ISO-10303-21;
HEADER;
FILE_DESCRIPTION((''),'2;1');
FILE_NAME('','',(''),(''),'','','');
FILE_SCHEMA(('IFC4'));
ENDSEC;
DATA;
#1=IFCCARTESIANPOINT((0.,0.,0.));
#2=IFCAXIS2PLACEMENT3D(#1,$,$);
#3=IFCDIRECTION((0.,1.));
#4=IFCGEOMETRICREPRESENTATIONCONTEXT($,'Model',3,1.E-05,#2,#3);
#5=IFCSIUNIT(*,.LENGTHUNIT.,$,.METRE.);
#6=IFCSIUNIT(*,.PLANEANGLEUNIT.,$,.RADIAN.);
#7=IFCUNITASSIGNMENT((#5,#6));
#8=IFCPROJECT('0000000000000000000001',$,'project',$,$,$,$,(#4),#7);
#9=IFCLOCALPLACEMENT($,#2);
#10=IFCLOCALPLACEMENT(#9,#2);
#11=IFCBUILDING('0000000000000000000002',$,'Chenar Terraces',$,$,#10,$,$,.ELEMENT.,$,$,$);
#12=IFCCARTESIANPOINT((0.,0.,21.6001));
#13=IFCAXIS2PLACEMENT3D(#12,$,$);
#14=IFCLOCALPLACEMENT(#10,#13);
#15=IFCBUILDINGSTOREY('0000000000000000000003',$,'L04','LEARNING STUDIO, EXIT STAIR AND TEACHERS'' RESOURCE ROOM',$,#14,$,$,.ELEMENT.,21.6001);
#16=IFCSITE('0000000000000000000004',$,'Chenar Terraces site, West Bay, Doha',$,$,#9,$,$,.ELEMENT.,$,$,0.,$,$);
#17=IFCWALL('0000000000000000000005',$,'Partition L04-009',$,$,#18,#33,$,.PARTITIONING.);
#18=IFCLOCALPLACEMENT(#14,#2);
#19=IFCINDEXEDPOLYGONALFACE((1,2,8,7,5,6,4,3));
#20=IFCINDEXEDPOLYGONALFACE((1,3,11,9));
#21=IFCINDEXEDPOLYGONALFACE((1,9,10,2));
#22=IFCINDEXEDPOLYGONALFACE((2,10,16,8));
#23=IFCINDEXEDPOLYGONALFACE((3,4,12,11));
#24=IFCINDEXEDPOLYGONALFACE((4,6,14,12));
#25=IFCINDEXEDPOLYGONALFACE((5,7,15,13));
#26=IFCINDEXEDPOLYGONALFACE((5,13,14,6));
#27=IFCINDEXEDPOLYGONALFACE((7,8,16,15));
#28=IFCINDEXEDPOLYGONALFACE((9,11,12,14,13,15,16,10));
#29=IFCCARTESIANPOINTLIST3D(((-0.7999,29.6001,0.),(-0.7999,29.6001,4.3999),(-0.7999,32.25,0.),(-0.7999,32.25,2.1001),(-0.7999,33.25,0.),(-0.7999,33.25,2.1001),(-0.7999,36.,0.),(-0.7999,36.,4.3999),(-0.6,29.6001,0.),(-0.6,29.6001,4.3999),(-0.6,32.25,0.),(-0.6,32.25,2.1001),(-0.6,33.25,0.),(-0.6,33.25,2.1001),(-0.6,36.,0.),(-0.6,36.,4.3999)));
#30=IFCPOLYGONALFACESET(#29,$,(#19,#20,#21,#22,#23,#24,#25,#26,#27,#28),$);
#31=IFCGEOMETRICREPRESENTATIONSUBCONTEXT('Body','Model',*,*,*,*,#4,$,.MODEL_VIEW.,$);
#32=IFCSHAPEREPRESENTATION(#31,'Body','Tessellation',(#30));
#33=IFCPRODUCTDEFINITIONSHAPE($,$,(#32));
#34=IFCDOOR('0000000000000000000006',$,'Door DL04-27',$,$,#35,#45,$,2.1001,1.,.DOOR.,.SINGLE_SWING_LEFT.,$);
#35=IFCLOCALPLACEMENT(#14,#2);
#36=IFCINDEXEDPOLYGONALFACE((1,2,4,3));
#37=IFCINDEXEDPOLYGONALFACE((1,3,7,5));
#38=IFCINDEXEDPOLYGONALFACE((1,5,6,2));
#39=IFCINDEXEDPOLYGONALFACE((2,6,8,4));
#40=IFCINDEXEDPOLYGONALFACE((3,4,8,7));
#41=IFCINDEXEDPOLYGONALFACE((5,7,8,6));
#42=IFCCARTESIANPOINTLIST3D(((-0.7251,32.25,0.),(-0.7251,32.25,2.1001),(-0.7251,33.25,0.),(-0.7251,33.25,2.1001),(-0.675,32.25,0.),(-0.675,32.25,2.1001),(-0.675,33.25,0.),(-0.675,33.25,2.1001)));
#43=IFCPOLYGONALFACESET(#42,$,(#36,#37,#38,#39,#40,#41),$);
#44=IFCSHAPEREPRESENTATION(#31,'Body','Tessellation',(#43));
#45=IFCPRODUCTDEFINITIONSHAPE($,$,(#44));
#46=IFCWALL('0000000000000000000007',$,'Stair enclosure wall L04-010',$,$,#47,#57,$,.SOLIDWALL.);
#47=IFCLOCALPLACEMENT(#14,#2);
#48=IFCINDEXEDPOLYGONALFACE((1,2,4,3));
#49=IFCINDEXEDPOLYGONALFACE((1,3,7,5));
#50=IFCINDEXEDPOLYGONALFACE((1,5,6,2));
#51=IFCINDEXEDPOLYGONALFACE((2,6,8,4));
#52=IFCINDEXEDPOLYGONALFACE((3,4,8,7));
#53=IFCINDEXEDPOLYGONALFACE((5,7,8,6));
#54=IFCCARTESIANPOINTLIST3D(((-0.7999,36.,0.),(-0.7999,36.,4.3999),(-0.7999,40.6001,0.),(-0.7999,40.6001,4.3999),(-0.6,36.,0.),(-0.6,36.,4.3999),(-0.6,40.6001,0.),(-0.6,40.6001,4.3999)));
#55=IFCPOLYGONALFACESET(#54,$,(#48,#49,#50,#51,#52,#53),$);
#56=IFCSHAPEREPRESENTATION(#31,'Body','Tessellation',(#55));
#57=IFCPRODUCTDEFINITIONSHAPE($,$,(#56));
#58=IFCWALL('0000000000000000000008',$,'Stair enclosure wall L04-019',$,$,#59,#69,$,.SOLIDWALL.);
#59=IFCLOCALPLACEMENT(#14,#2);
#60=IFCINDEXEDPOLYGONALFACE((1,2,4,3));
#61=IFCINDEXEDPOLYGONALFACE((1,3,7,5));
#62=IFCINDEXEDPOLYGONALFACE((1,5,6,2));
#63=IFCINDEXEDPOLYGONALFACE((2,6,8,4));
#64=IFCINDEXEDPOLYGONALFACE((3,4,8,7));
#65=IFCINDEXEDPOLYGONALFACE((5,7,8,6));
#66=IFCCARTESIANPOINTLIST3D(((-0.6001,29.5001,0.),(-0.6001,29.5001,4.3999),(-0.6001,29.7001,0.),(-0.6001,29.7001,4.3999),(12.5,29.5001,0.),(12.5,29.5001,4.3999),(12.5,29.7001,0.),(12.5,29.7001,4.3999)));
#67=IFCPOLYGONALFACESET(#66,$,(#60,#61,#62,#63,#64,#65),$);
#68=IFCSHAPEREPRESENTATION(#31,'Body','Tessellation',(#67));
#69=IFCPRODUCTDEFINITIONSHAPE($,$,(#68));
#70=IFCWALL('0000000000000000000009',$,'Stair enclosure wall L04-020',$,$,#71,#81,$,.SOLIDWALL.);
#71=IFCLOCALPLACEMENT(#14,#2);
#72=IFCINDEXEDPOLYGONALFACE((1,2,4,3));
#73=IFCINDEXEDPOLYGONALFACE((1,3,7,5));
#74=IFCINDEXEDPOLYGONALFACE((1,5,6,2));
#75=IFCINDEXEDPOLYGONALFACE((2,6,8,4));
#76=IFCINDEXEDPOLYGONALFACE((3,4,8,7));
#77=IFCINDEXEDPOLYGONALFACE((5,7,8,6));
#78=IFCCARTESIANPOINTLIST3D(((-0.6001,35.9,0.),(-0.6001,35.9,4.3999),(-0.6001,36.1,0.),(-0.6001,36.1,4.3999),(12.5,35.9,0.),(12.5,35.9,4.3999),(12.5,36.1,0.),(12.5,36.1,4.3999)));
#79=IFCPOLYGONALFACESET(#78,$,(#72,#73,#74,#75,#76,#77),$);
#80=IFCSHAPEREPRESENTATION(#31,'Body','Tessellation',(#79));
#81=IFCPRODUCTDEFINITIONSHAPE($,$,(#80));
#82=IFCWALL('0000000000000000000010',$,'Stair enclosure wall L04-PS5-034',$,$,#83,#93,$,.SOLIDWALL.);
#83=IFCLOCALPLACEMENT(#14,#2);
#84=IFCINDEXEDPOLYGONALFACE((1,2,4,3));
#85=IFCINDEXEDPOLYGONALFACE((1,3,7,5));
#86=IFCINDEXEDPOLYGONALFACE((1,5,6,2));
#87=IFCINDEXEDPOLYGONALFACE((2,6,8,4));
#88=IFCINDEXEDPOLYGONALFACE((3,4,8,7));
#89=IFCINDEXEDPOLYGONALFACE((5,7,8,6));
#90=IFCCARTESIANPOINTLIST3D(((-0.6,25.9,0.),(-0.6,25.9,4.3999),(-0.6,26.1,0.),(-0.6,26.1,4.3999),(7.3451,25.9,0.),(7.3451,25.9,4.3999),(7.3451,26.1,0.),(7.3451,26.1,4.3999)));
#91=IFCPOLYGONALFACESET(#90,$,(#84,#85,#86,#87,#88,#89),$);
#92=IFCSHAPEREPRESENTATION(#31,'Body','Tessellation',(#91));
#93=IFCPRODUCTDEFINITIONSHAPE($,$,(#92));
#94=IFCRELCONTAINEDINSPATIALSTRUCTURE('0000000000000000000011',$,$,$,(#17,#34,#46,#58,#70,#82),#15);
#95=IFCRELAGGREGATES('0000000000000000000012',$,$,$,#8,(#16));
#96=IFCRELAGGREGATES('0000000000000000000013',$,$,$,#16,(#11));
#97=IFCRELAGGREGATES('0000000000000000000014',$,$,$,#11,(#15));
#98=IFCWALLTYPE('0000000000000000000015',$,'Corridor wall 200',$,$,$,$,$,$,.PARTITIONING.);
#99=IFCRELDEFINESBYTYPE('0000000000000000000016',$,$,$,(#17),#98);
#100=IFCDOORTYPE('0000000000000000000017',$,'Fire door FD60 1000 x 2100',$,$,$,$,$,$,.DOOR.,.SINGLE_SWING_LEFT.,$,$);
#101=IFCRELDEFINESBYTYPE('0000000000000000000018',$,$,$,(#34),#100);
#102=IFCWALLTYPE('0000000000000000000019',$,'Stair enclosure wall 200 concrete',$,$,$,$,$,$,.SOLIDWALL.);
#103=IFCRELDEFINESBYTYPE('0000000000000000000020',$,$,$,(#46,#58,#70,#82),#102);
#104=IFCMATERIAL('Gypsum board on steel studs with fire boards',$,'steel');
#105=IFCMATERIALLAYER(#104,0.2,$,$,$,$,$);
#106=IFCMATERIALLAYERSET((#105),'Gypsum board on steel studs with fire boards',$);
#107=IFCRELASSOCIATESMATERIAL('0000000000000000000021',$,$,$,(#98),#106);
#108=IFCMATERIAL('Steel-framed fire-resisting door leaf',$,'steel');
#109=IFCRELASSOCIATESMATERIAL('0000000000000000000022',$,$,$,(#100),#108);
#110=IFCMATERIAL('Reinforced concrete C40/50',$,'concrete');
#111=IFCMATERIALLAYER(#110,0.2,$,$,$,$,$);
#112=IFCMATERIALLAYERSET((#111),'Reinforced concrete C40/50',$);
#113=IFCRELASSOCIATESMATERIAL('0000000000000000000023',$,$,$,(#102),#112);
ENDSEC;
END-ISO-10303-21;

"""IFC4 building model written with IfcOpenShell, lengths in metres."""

from ifc_helpers import new_model, si_unit, direction, frame, frame_2d, origin, place, context, subcontext, project, spatial, rectangle, extrude, material, layer, layer_set, type_object, element, fill, save


model = new_model("IFC4")

# Units and contexts
model_context = context("Model", 3, precision=1e-05, world=origin(), true_north=direction((0.0, 1.0)))
body_context = subcontext(model_context, "Body", "Model", "MODEL_VIEW")
ifc_project = project(units=[si_unit("LENGTHUNIT", "METRE"), si_unit("PLANEANGLEUNIT", "RADIAN")], contexts=[model_context])

# Site, building, storey
site_placement = place(None, origin())
site = spatial("IfcSite", under=ifc_project, at=site_placement, Name="Chenar Terraces site, West Bay, Doha", CompositionType="ELEMENT", RefElevation=0.0)
building_placement = place(site_placement, origin())
building = spatial("IfcBuilding", under=site, at=building_placement, Name="Chenar Terraces", CompositionType="ELEMENT")
storey_placement = place(building_placement, frame((0.0, 0.0, 21.6001)))
storey = spatial("IfcBuildingStorey", under=building, at=storey_placement, Name="L04", Description="LEARNING STUDIO, EXIT STAIR AND TEACHERS' RESOURCE ROOM", CompositionType="ELEMENT", Elevation=21.6001)

# Wall, opening, door
ifc_material_1 = material(Name="Gypsum board on steel studs with fire boards", Category="steel")
ifc_layer_1 = layer(ifc_material_1, 0.2)
ifc_layer_set_1 = layer_set([ifc_layer_1], Name="Gypsum board on steel studs with fire boards")
wall_type_1 = type_object("IfcWallType", Name="Corridor wall 200", PredefinedType="PARTITIONING", material=ifc_layer_set_1)
wall_1_placement = place(storey_placement, frame((-0.7, 29.6001, 0.0), z_axis=(0.0, 0.0, 1.0), x_axis=(0.0, 1.0, 0.0)))
wall_1 = element("IfcWall", 1, at=wall_1_placement, inside=storey, type_object=wall_type_1, Name="Partition L04-009", PredefinedType="PARTITIONING", context=body_context, shape_type="SweptSolid", body=[
    extrude(rectangle(XDim=6.3999, YDim=0.2, at=frame_2d((3.2, 0.0))), origin(), (0.0, 0.0, 1.0), 4.3999),
])
opening_1_placement = place(wall_1_placement, frame((2.6499, 0.0, 0.0)))
opening_1 = element("IfcOpeningElement", 2, at=opening_1_placement, cuts=wall_1, PredefinedType="OPENING", context=body_context, shape_type="SweptSolid", body=[
    extrude(rectangle(XDim=1.0, YDim=2.1001, at=frame_2d((0.5, 1.05))), frame((0.0, 0.1099, 0.0), z_axis=(0.0, -1.0, 0.0), x_axis=(1.0, 0.0, 0.0)), (0.0, 0.0, 1.0), 0.22),
])
ifc_material_2 = material(Name="Steel-framed fire-resisting door leaf", Category="steel")
door_type_1 = type_object("IfcDoorType", Name="Fire door FD60 1000 x 2100", OperationType="SINGLE_SWING_LEFT", PredefinedType="DOOR", material=ifc_material_2)
door_1_placement = place(opening_1_placement, frame((1.0, 0.0, 0.0), z_axis=(0.0, 0.0, 1.0), x_axis=(-1.0, 0.0, 0.0)))
door_1 = element("IfcDoor", 3, at=door_1_placement, inside=storey, type_object=door_type_1, Name="Door DL04-27", OperationType="SINGLE_SWING_LEFT", OverallHeight=2.1001, OverallWidth=1.0, PredefinedType="DOOR", context=body_context, shape_type="SweptSolid", body=[
    extrude(rectangle(XDim=1.0, YDim=2.1001, at=frame_2d((0.5, 1.05))), frame((0.0, 0.0249, 0.0), z_axis=(0.0, -1.0, 0.0), x_axis=(1.0, 0.0, 0.0)), (0.0, 0.0, 1.0), 0.05),
])
fill(opening_1, door_1)

# Walls
ifc_material_3 = material(Name="Reinforced concrete C40/50", Category="concrete")
ifc_layer_2 = layer(ifc_material_3, 0.2)
ifc_layer_set_2 = layer_set([ifc_layer_2], Name="Reinforced concrete C40/50")
wall_type_2 = type_object("IfcWallType", Name="Stair enclosure wall 200 concrete", PredefinedType="SOLIDWALL", material=ifc_layer_set_2)
wall_2_placement = place(storey_placement, frame((-0.7, 36.0, 0.0), z_axis=(0.0, 0.0, 1.0), x_axis=(0.0, 1.0, 0.0)))
element("IfcWall", 4, at=wall_2_placement, inside=storey, type_object=wall_type_2, Name="Stair enclosure wall L04-010", PredefinedType="SOLIDWALL", context=body_context, shape_type="SweptSolid", body=[
    extrude(rectangle(XDim=4.6001, YDim=0.2, at=frame_2d((2.3, 0.0))), origin(), (0.0, 0.0, 1.0), 4.3999),
])
for number, where, z_axis, x_axis, name in (
    (5, (-0.6001, 29.6001, 0.0), (0.0, 0.0, 1.0), (1.0, 0.0, 0.0), "Stair enclosure wall L04-019"),
    (6, (-0.6001, 36.0, 0.0), (0.0, 0.0, 1.0), (1.0, 0.0, 0.0), "Stair enclosure wall L04-020"),
):
    element("IfcWall", number, at=place(storey_placement, frame(where, z_axis=z_axis, x_axis=x_axis)), inside=storey, type_object=wall_type_2, Name=name, PredefinedType="SOLIDWALL", context=body_context, shape_type="SweptSolid", body=[
        extrude(rectangle(XDim=13.1001, YDim=0.2, at=frame_2d((6.55, 0.0))), origin(), (0.0, 0.0, 1.0), 4.3999),
    ])
wall_3_placement = place(storey_placement, frame((-0.6001, 26.0, 0.0), z_axis=(0.0, 0.0, 1.0), x_axis=(1.0, 0.0, 0.0)))
element("IfcWall", 7, at=wall_3_placement, inside=storey, type_object=wall_type_2, Name="Stair enclosure wall L04-PS5-034", PredefinedType="SOLIDWALL", context=body_context, shape_type="SweptSolid", body=[
    extrude(rectangle(XDim=7.9451, YDim=0.2, at=frame_2d((3.9727, 0.0))), origin(), (0.0, 0.0, 1.0), 4.3999),
])

save(model, "model.ifc")
